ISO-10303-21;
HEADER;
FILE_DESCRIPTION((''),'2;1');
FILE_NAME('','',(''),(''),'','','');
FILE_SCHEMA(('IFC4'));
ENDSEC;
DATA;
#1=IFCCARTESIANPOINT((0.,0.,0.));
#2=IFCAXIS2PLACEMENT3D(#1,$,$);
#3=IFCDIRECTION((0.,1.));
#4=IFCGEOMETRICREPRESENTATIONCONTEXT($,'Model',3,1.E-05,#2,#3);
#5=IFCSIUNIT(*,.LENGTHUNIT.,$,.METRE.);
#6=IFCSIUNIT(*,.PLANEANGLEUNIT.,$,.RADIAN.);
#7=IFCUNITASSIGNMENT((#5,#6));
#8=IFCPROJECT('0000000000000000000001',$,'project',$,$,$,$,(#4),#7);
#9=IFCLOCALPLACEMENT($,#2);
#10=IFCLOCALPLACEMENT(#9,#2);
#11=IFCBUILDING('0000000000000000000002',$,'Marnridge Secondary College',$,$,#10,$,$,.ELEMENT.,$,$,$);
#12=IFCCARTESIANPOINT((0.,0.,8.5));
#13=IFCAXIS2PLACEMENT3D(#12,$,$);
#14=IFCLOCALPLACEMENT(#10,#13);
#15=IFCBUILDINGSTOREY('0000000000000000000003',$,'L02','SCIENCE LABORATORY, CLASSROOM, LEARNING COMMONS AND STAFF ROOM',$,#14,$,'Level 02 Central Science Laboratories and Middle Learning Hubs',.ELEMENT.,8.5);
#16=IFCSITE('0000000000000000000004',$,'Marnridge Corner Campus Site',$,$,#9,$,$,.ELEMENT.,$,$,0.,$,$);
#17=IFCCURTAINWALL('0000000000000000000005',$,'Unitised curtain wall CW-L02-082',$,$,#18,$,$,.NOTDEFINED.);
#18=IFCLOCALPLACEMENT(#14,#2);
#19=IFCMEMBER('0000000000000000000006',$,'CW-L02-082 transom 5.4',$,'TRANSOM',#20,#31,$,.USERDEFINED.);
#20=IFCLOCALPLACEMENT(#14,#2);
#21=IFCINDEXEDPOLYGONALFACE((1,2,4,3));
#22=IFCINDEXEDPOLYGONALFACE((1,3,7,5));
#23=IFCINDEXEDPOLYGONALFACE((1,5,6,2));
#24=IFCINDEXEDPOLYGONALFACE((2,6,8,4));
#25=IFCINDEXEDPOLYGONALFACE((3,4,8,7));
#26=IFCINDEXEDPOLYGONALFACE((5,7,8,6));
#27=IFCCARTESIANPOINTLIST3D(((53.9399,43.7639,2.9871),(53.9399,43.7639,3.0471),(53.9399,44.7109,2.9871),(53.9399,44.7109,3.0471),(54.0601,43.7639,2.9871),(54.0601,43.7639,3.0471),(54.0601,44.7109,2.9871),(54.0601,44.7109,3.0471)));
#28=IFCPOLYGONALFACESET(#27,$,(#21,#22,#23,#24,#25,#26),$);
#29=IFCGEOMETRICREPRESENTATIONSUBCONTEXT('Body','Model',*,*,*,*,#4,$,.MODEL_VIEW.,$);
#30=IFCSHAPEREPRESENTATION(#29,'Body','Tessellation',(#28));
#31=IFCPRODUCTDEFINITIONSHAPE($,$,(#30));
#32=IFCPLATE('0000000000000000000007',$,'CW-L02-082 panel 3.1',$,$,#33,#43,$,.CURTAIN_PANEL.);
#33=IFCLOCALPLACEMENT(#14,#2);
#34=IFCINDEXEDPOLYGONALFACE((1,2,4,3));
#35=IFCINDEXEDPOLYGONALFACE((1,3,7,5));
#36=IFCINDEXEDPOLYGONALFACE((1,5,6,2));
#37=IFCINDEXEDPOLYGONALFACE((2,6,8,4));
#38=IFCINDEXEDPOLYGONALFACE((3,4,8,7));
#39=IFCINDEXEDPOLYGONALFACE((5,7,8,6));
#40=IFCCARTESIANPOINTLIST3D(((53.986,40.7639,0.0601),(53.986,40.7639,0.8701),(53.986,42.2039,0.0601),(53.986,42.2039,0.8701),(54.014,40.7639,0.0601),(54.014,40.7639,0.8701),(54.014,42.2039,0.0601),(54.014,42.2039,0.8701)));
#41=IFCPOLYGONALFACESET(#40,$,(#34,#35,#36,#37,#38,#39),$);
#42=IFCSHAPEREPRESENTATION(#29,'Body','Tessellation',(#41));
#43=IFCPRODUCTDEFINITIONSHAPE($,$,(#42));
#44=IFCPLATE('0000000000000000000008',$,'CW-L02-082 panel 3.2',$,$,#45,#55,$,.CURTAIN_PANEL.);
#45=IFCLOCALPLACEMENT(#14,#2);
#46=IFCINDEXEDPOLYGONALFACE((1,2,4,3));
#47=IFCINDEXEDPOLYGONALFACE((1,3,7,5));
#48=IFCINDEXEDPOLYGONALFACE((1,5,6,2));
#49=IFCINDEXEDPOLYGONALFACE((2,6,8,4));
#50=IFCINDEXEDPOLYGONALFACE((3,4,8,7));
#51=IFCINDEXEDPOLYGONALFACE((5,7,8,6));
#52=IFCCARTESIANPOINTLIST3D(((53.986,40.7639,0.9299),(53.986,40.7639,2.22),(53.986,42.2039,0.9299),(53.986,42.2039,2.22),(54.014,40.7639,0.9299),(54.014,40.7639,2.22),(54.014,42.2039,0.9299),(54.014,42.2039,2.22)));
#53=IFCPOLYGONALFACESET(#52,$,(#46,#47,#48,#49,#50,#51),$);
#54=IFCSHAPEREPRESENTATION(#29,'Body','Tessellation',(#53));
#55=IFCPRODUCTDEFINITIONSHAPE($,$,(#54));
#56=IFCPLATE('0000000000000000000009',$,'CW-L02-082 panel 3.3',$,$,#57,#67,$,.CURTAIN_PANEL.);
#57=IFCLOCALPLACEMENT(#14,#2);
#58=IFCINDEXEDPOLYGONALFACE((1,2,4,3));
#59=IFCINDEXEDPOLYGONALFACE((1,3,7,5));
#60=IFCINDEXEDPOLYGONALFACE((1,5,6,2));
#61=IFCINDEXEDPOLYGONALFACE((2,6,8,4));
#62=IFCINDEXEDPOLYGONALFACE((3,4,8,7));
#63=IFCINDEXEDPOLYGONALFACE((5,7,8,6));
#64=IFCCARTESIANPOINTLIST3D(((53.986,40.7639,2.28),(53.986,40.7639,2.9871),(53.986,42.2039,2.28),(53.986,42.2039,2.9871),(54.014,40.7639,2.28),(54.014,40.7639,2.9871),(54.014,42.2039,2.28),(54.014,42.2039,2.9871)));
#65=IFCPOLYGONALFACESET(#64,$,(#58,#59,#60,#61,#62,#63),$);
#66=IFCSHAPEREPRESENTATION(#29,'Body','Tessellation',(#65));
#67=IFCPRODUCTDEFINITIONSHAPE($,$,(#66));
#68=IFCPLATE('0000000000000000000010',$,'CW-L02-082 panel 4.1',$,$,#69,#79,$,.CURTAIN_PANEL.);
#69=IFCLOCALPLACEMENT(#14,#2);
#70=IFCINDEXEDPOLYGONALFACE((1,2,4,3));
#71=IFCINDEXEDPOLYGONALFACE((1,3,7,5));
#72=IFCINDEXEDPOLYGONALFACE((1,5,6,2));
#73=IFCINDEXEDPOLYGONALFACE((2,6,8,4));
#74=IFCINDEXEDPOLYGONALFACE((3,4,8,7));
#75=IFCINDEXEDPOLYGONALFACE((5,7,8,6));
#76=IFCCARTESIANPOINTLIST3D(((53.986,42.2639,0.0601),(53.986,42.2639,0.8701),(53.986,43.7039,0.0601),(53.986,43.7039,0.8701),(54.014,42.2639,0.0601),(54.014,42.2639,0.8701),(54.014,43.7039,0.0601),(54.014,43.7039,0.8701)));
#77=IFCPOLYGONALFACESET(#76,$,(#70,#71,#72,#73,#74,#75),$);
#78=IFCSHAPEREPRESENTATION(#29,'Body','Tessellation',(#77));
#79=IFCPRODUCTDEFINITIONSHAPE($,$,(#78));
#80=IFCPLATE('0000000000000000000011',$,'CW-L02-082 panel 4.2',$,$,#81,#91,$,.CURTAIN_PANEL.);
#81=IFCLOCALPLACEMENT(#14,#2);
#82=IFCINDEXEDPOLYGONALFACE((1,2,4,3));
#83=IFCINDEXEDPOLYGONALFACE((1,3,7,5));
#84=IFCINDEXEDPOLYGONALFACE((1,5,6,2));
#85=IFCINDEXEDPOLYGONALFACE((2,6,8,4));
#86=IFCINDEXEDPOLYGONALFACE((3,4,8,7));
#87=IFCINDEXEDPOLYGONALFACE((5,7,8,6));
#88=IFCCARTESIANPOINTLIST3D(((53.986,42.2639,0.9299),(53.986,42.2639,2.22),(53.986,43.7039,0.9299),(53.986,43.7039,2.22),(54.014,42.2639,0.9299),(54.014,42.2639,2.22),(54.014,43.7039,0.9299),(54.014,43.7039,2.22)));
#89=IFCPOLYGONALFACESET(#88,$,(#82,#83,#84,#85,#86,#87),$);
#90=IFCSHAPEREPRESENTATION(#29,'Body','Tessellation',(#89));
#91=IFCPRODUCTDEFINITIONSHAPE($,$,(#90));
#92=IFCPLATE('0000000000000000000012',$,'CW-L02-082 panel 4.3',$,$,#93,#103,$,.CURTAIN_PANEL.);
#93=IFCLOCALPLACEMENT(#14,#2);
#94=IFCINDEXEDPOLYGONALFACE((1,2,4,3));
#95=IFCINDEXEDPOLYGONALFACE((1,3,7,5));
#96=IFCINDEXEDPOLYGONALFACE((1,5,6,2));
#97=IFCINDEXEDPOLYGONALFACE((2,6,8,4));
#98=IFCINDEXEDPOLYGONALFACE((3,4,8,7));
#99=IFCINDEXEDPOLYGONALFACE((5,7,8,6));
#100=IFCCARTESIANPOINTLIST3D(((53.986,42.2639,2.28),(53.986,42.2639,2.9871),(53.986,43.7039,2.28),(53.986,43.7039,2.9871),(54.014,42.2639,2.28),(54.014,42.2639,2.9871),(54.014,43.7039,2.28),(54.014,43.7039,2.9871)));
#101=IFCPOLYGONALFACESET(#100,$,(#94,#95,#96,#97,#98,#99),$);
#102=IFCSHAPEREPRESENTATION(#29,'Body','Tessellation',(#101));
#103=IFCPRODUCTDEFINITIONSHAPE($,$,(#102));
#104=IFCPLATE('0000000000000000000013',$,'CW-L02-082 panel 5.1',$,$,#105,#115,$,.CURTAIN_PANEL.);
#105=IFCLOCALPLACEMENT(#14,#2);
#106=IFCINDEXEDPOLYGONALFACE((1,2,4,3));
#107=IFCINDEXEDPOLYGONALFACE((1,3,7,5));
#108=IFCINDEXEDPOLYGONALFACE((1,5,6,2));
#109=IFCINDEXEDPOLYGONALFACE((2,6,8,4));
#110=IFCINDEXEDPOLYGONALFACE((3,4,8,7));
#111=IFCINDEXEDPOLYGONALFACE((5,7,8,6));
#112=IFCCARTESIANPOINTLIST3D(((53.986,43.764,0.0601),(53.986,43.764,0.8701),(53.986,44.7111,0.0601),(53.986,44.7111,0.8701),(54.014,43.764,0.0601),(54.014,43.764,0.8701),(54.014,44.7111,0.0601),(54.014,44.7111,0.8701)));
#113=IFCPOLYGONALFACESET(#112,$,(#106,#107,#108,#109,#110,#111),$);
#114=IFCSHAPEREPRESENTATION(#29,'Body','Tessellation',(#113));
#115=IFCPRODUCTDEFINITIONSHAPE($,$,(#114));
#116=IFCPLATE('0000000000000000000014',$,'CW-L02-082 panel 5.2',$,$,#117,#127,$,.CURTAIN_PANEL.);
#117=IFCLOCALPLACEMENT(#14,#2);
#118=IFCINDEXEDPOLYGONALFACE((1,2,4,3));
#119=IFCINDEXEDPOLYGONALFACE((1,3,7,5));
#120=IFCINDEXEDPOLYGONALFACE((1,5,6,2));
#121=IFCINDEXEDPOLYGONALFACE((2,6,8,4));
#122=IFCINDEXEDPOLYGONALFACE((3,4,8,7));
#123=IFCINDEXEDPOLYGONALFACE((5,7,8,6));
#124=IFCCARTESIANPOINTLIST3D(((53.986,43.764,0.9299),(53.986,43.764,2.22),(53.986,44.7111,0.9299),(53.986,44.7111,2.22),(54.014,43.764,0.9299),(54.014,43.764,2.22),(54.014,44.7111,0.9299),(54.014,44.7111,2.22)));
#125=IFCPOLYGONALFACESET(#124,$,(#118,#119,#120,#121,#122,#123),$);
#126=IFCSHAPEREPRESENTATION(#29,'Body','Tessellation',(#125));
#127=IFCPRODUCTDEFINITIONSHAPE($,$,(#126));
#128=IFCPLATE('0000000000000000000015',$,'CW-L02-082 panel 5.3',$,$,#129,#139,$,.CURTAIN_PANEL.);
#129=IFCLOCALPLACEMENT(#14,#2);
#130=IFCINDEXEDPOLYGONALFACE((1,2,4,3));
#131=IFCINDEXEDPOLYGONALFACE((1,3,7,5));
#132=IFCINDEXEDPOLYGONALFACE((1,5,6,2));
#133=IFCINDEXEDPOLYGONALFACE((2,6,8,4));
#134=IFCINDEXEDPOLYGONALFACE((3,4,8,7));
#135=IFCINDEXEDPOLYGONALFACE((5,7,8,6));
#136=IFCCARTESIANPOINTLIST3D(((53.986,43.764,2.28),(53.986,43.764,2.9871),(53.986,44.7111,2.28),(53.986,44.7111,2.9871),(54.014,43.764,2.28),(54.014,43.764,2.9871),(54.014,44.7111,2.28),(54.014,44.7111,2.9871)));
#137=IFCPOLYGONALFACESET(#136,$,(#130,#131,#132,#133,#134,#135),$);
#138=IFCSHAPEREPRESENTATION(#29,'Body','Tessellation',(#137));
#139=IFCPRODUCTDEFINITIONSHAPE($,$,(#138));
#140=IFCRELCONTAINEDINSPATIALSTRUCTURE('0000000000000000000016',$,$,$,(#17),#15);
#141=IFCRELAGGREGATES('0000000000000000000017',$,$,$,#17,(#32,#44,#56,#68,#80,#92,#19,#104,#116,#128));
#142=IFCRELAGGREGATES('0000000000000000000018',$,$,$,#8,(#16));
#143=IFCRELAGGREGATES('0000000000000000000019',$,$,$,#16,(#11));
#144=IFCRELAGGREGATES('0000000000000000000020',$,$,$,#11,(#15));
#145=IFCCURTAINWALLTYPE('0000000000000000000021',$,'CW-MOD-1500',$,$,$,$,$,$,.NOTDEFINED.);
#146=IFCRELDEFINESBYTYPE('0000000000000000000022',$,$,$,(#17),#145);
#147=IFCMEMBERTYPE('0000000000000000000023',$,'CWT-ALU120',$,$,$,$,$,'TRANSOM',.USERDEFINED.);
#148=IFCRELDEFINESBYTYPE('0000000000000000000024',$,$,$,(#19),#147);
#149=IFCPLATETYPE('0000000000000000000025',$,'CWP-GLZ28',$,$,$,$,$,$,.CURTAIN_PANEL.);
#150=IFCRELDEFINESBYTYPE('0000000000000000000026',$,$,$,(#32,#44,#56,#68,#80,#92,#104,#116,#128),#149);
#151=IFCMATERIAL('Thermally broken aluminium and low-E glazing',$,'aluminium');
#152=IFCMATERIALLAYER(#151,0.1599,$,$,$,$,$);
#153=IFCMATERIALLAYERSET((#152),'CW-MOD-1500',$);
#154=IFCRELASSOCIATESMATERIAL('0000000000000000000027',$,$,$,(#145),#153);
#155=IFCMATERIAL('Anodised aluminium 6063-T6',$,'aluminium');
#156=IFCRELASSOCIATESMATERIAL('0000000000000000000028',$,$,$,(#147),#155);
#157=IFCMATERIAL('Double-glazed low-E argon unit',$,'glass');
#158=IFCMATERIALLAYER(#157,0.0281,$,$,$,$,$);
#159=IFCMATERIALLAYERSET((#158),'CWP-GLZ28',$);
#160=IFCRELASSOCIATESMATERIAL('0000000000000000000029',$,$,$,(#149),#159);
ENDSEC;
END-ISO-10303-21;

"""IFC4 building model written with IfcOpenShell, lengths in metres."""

from ifc_helpers import new_model, si_unit, direction, frame, origin, origin_2d, place, context, subcontext, project, spatial, rectangle, extrude, material, layer, layer_set, material_profile, profile_set, type_object, element, aggregate, save


model = new_model("IFC4")

# Units and contexts
model_context = context("Model", 3, precision=1e-05, world=origin(), true_north=direction((0.0, 1.0)))
body_context = subcontext(model_context, "Body", "Model", "MODEL_VIEW")
ifc_project = project(units=[si_unit("LENGTHUNIT", "METRE"), si_unit("PLANEANGLEUNIT", "RADIAN")], contexts=[model_context])

# Site, building, storey
site_placement = place(None, origin())
site = spatial("IfcSite", under=ifc_project, at=site_placement, Name="Marnridge Corner Campus Site", CompositionType="ELEMENT", RefElevation=0.0)
building_placement = place(site_placement, origin())
building = spatial("IfcBuilding", under=site, at=building_placement, Name="Marnridge Secondary College", CompositionType="ELEMENT")
storey_placement = place(building_placement, frame((0.0, 0.0, 8.5)))
storey = spatial("IfcBuildingStorey", under=building, at=storey_placement, Name="L02", Description="SCIENCE LABORATORY, CLASSROOM, LEARNING COMMONS AND STAFF ROOM", LongName="Level 02 Central Science Laboratories and Middle Learning Hubs", CompositionType="ELEMENT", Elevation=8.5)

# Curtain wall, member, plates
ifc_material_1 = material(Name="Thermally broken aluminium and low-E glazing", Category="aluminium")
ifc_layer_1 = layer(ifc_material_1, 0.1599)
ifc_layer_set_1 = layer_set([ifc_layer_1], Name="CW-MOD-1500")
curtain_wall_type = type_object("IfcCurtainWallType", Name="CW-MOD-1500", PredefinedType="NOTDEFINED", material=ifc_layer_set_1)
curtain_wall_placement = place(storey_placement, origin())
curtain_wall = element("IfcCurtainWall", 1, at=curtain_wall_placement, inside=storey, type_object=curtain_wall_type, Name="Unitised curtain wall CW-L02-082", PredefinedType="NOTDEFINED")
ifc_material_2 = material(Name="Anodised aluminium 6063-T6", Category="aluminium")
ifc_material_profile_1 = material_profile(ifc_material_2, rectangle(XDim=0.0601, YDim=0.1201, at=origin_2d()), Name="ALU 60x120")
ifc_profile_set_1 = profile_set([ifc_material_profile_1], Name="Anodised aluminium 6063-T6")
member_type_1 = type_object("IfcMemberType", Name="CWT-ALU120", ElementType="TRANSOM", PredefinedType="USERDEFINED", material=ifc_profile_set_1)
member_1_placement = place(storey_placement, frame((54.0, 43.7639, 3.0171), z_axis=(0.0, 1.0, 0.0), x_axis=(0.0, 0.0, 1.0)))
member_1 = element("IfcMember", 2, at=member_1_placement, type_object=member_type_1, Name="CW-L02-082 transom 5.4", ObjectType="TRANSOM", PredefinedType="USERDEFINED", context=body_context, shape_type="SweptSolid", body=[
    extrude(rectangle(XDim=0.0601, YDim=0.1201, at=origin_2d()), origin(), (0.0, 0.0, 1.0), 0.947),
])
ifc_material_3 = material(Name="Double-glazed low-E argon unit", Category="glass")
ifc_layer_2 = layer(ifc_material_3, 0.0281)
ifc_layer_set_2 = layer_set([ifc_layer_2], Name="CWP-GLZ28")
plate_type = type_object("IfcPlateType", Name="CWP-GLZ28", PredefinedType="CURTAIN_PANEL", material=ifc_layer_set_2)
plate_1_placement = place(storey_placement, frame((54.0, 41.4839, 0.0601), z_axis=(0.0, 0.0, 1.0), x_axis=(0.0, 1.0, 0.0)))
plate_1 = element("IfcPlate", 3, at=plate_1_placement, type_object=plate_type, Name="CW-L02-082 panel 3.1", PredefinedType="CURTAIN_PANEL", context=body_context, shape_type="SweptSolid", body=[
    extrude(rectangle(XDim=1.4399, YDim=0.0281, at=origin_2d()), origin(), (0.0, 0.0, 1.0), 0.8101),
])
plate_2_placement = place(storey_placement, frame((54.0, 41.4839, 0.9299), z_axis=(0.0, 0.0, 1.0), x_axis=(0.0, 1.0, 0.0)))
plate_2 = element("IfcPlate", 4, at=plate_2_placement, type_object=plate_type, Name="CW-L02-082 panel 3.2", PredefinedType="CURTAIN_PANEL", context=body_context, shape_type="SweptSolid", body=[
    extrude(rectangle(XDim=1.4399, YDim=0.0281, at=origin_2d()), origin(), (0.0, 0.0, 1.0), 1.29),
])
plate_3_placement = place(storey_placement, frame((54.0, 41.4839, 2.28), z_axis=(0.0, 0.0, 1.0), x_axis=(0.0, 1.0, 0.0)))
plate_3 = element("IfcPlate", 5, at=plate_3_placement, type_object=plate_type, Name="CW-L02-082 panel 3.3", PredefinedType="CURTAIN_PANEL", context=body_context, shape_type="SweptSolid", body=[
    extrude(rectangle(XDim=1.4399, YDim=0.0281, at=origin_2d()), origin(), (0.0, 0.0, 1.0), 0.707),
])
plate_4_placement = place(storey_placement, frame((54.0, 42.9839, 0.0601), z_axis=(0.0, 0.0, 1.0), x_axis=(0.0, 1.0, 0.0)))
plate_4 = element("IfcPlate", 6, at=plate_4_placement, type_object=plate_type, Name="CW-L02-082 panel 4.1", PredefinedType="CURTAIN_PANEL", context=body_context, shape_type="SweptSolid", body=[
    extrude(rectangle(XDim=1.4399, YDim=0.0281, at=origin_2d()), origin(), (0.0, 0.0, 1.0), 0.8101),
])
plate_5_placement = place(storey_placement, frame((54.0, 42.9839, 0.9299), z_axis=(0.0, 0.0, 1.0), x_axis=(0.0, 1.0, 0.0)))
plate_5 = element("IfcPlate", 7, at=plate_5_placement, type_object=plate_type, Name="CW-L02-082 panel 4.2", PredefinedType="CURTAIN_PANEL", context=body_context, shape_type="SweptSolid", body=[
    extrude(rectangle(XDim=1.4399, YDim=0.0281, at=origin_2d()), origin(), (0.0, 0.0, 1.0), 1.29),
])
plate_6_placement = place(storey_placement, frame((54.0, 42.9839, 2.28), z_axis=(0.0, 0.0, 1.0), x_axis=(0.0, 1.0, 0.0)))
plate_6 = element("IfcPlate", 8, at=plate_6_placement, type_object=plate_type, Name="CW-L02-082 panel 4.3", PredefinedType="CURTAIN_PANEL", context=body_context, shape_type="SweptSolid", body=[
    extrude(rectangle(XDim=1.4399, YDim=0.0281, at=origin_2d()), origin(), (0.0, 0.0, 1.0), 0.707),
])
plate_7_placement = place(storey_placement, frame((54.0, 44.2375, 0.0601), z_axis=(0.0, 0.0, 1.0), x_axis=(0.0, 1.0, 0.0)))
plate_7 = element("IfcPlate", 9, at=plate_7_placement, type_object=plate_type, Name="CW-L02-082 panel 5.1", PredefinedType="CURTAIN_PANEL", context=body_context, shape_type="SweptSolid", body=[
    extrude(rectangle(XDim=0.947, YDim=0.0281, at=origin_2d()), origin(), (0.0, 0.0, 1.0), 0.8101),
])
plate_8_placement = place(storey_placement, frame((54.0, 44.2375, 0.9299), z_axis=(0.0, 0.0, 1.0), x_axis=(0.0, 1.0, 0.0)))
plate_8 = element("IfcPlate", 10, at=plate_8_placement, type_object=plate_type, Name="CW-L02-082 panel 5.2", PredefinedType="CURTAIN_PANEL", context=body_context, shape_type="SweptSolid", body=[
    extrude(rectangle(XDim=0.947, YDim=0.0281, at=origin_2d()), origin(), (0.0, 0.0, 1.0), 1.29),
])
plate_9_placement = place(storey_placement, frame((54.0, 44.2375, 2.28), z_axis=(0.0, 0.0, 1.0), x_axis=(0.0, 1.0, 0.0)))
plate_9 = element("IfcPlate", 11, at=plate_9_placement, type_object=plate_type, Name="CW-L02-082 panel 5.3", PredefinedType="CURTAIN_PANEL", context=body_context, shape_type="SweptSolid", body=[
    extrude(rectangle(XDim=0.947, YDim=0.0281, at=origin_2d()), origin(), (0.0, 0.0, 1.0), 0.707),
])
aggregate(curtain_wall, [plate_1, plate_2, plate_3, plate_4, plate_5, plate_6, member_1, plate_7, plate_8, plate_9])

save(model, "model.ifc")
